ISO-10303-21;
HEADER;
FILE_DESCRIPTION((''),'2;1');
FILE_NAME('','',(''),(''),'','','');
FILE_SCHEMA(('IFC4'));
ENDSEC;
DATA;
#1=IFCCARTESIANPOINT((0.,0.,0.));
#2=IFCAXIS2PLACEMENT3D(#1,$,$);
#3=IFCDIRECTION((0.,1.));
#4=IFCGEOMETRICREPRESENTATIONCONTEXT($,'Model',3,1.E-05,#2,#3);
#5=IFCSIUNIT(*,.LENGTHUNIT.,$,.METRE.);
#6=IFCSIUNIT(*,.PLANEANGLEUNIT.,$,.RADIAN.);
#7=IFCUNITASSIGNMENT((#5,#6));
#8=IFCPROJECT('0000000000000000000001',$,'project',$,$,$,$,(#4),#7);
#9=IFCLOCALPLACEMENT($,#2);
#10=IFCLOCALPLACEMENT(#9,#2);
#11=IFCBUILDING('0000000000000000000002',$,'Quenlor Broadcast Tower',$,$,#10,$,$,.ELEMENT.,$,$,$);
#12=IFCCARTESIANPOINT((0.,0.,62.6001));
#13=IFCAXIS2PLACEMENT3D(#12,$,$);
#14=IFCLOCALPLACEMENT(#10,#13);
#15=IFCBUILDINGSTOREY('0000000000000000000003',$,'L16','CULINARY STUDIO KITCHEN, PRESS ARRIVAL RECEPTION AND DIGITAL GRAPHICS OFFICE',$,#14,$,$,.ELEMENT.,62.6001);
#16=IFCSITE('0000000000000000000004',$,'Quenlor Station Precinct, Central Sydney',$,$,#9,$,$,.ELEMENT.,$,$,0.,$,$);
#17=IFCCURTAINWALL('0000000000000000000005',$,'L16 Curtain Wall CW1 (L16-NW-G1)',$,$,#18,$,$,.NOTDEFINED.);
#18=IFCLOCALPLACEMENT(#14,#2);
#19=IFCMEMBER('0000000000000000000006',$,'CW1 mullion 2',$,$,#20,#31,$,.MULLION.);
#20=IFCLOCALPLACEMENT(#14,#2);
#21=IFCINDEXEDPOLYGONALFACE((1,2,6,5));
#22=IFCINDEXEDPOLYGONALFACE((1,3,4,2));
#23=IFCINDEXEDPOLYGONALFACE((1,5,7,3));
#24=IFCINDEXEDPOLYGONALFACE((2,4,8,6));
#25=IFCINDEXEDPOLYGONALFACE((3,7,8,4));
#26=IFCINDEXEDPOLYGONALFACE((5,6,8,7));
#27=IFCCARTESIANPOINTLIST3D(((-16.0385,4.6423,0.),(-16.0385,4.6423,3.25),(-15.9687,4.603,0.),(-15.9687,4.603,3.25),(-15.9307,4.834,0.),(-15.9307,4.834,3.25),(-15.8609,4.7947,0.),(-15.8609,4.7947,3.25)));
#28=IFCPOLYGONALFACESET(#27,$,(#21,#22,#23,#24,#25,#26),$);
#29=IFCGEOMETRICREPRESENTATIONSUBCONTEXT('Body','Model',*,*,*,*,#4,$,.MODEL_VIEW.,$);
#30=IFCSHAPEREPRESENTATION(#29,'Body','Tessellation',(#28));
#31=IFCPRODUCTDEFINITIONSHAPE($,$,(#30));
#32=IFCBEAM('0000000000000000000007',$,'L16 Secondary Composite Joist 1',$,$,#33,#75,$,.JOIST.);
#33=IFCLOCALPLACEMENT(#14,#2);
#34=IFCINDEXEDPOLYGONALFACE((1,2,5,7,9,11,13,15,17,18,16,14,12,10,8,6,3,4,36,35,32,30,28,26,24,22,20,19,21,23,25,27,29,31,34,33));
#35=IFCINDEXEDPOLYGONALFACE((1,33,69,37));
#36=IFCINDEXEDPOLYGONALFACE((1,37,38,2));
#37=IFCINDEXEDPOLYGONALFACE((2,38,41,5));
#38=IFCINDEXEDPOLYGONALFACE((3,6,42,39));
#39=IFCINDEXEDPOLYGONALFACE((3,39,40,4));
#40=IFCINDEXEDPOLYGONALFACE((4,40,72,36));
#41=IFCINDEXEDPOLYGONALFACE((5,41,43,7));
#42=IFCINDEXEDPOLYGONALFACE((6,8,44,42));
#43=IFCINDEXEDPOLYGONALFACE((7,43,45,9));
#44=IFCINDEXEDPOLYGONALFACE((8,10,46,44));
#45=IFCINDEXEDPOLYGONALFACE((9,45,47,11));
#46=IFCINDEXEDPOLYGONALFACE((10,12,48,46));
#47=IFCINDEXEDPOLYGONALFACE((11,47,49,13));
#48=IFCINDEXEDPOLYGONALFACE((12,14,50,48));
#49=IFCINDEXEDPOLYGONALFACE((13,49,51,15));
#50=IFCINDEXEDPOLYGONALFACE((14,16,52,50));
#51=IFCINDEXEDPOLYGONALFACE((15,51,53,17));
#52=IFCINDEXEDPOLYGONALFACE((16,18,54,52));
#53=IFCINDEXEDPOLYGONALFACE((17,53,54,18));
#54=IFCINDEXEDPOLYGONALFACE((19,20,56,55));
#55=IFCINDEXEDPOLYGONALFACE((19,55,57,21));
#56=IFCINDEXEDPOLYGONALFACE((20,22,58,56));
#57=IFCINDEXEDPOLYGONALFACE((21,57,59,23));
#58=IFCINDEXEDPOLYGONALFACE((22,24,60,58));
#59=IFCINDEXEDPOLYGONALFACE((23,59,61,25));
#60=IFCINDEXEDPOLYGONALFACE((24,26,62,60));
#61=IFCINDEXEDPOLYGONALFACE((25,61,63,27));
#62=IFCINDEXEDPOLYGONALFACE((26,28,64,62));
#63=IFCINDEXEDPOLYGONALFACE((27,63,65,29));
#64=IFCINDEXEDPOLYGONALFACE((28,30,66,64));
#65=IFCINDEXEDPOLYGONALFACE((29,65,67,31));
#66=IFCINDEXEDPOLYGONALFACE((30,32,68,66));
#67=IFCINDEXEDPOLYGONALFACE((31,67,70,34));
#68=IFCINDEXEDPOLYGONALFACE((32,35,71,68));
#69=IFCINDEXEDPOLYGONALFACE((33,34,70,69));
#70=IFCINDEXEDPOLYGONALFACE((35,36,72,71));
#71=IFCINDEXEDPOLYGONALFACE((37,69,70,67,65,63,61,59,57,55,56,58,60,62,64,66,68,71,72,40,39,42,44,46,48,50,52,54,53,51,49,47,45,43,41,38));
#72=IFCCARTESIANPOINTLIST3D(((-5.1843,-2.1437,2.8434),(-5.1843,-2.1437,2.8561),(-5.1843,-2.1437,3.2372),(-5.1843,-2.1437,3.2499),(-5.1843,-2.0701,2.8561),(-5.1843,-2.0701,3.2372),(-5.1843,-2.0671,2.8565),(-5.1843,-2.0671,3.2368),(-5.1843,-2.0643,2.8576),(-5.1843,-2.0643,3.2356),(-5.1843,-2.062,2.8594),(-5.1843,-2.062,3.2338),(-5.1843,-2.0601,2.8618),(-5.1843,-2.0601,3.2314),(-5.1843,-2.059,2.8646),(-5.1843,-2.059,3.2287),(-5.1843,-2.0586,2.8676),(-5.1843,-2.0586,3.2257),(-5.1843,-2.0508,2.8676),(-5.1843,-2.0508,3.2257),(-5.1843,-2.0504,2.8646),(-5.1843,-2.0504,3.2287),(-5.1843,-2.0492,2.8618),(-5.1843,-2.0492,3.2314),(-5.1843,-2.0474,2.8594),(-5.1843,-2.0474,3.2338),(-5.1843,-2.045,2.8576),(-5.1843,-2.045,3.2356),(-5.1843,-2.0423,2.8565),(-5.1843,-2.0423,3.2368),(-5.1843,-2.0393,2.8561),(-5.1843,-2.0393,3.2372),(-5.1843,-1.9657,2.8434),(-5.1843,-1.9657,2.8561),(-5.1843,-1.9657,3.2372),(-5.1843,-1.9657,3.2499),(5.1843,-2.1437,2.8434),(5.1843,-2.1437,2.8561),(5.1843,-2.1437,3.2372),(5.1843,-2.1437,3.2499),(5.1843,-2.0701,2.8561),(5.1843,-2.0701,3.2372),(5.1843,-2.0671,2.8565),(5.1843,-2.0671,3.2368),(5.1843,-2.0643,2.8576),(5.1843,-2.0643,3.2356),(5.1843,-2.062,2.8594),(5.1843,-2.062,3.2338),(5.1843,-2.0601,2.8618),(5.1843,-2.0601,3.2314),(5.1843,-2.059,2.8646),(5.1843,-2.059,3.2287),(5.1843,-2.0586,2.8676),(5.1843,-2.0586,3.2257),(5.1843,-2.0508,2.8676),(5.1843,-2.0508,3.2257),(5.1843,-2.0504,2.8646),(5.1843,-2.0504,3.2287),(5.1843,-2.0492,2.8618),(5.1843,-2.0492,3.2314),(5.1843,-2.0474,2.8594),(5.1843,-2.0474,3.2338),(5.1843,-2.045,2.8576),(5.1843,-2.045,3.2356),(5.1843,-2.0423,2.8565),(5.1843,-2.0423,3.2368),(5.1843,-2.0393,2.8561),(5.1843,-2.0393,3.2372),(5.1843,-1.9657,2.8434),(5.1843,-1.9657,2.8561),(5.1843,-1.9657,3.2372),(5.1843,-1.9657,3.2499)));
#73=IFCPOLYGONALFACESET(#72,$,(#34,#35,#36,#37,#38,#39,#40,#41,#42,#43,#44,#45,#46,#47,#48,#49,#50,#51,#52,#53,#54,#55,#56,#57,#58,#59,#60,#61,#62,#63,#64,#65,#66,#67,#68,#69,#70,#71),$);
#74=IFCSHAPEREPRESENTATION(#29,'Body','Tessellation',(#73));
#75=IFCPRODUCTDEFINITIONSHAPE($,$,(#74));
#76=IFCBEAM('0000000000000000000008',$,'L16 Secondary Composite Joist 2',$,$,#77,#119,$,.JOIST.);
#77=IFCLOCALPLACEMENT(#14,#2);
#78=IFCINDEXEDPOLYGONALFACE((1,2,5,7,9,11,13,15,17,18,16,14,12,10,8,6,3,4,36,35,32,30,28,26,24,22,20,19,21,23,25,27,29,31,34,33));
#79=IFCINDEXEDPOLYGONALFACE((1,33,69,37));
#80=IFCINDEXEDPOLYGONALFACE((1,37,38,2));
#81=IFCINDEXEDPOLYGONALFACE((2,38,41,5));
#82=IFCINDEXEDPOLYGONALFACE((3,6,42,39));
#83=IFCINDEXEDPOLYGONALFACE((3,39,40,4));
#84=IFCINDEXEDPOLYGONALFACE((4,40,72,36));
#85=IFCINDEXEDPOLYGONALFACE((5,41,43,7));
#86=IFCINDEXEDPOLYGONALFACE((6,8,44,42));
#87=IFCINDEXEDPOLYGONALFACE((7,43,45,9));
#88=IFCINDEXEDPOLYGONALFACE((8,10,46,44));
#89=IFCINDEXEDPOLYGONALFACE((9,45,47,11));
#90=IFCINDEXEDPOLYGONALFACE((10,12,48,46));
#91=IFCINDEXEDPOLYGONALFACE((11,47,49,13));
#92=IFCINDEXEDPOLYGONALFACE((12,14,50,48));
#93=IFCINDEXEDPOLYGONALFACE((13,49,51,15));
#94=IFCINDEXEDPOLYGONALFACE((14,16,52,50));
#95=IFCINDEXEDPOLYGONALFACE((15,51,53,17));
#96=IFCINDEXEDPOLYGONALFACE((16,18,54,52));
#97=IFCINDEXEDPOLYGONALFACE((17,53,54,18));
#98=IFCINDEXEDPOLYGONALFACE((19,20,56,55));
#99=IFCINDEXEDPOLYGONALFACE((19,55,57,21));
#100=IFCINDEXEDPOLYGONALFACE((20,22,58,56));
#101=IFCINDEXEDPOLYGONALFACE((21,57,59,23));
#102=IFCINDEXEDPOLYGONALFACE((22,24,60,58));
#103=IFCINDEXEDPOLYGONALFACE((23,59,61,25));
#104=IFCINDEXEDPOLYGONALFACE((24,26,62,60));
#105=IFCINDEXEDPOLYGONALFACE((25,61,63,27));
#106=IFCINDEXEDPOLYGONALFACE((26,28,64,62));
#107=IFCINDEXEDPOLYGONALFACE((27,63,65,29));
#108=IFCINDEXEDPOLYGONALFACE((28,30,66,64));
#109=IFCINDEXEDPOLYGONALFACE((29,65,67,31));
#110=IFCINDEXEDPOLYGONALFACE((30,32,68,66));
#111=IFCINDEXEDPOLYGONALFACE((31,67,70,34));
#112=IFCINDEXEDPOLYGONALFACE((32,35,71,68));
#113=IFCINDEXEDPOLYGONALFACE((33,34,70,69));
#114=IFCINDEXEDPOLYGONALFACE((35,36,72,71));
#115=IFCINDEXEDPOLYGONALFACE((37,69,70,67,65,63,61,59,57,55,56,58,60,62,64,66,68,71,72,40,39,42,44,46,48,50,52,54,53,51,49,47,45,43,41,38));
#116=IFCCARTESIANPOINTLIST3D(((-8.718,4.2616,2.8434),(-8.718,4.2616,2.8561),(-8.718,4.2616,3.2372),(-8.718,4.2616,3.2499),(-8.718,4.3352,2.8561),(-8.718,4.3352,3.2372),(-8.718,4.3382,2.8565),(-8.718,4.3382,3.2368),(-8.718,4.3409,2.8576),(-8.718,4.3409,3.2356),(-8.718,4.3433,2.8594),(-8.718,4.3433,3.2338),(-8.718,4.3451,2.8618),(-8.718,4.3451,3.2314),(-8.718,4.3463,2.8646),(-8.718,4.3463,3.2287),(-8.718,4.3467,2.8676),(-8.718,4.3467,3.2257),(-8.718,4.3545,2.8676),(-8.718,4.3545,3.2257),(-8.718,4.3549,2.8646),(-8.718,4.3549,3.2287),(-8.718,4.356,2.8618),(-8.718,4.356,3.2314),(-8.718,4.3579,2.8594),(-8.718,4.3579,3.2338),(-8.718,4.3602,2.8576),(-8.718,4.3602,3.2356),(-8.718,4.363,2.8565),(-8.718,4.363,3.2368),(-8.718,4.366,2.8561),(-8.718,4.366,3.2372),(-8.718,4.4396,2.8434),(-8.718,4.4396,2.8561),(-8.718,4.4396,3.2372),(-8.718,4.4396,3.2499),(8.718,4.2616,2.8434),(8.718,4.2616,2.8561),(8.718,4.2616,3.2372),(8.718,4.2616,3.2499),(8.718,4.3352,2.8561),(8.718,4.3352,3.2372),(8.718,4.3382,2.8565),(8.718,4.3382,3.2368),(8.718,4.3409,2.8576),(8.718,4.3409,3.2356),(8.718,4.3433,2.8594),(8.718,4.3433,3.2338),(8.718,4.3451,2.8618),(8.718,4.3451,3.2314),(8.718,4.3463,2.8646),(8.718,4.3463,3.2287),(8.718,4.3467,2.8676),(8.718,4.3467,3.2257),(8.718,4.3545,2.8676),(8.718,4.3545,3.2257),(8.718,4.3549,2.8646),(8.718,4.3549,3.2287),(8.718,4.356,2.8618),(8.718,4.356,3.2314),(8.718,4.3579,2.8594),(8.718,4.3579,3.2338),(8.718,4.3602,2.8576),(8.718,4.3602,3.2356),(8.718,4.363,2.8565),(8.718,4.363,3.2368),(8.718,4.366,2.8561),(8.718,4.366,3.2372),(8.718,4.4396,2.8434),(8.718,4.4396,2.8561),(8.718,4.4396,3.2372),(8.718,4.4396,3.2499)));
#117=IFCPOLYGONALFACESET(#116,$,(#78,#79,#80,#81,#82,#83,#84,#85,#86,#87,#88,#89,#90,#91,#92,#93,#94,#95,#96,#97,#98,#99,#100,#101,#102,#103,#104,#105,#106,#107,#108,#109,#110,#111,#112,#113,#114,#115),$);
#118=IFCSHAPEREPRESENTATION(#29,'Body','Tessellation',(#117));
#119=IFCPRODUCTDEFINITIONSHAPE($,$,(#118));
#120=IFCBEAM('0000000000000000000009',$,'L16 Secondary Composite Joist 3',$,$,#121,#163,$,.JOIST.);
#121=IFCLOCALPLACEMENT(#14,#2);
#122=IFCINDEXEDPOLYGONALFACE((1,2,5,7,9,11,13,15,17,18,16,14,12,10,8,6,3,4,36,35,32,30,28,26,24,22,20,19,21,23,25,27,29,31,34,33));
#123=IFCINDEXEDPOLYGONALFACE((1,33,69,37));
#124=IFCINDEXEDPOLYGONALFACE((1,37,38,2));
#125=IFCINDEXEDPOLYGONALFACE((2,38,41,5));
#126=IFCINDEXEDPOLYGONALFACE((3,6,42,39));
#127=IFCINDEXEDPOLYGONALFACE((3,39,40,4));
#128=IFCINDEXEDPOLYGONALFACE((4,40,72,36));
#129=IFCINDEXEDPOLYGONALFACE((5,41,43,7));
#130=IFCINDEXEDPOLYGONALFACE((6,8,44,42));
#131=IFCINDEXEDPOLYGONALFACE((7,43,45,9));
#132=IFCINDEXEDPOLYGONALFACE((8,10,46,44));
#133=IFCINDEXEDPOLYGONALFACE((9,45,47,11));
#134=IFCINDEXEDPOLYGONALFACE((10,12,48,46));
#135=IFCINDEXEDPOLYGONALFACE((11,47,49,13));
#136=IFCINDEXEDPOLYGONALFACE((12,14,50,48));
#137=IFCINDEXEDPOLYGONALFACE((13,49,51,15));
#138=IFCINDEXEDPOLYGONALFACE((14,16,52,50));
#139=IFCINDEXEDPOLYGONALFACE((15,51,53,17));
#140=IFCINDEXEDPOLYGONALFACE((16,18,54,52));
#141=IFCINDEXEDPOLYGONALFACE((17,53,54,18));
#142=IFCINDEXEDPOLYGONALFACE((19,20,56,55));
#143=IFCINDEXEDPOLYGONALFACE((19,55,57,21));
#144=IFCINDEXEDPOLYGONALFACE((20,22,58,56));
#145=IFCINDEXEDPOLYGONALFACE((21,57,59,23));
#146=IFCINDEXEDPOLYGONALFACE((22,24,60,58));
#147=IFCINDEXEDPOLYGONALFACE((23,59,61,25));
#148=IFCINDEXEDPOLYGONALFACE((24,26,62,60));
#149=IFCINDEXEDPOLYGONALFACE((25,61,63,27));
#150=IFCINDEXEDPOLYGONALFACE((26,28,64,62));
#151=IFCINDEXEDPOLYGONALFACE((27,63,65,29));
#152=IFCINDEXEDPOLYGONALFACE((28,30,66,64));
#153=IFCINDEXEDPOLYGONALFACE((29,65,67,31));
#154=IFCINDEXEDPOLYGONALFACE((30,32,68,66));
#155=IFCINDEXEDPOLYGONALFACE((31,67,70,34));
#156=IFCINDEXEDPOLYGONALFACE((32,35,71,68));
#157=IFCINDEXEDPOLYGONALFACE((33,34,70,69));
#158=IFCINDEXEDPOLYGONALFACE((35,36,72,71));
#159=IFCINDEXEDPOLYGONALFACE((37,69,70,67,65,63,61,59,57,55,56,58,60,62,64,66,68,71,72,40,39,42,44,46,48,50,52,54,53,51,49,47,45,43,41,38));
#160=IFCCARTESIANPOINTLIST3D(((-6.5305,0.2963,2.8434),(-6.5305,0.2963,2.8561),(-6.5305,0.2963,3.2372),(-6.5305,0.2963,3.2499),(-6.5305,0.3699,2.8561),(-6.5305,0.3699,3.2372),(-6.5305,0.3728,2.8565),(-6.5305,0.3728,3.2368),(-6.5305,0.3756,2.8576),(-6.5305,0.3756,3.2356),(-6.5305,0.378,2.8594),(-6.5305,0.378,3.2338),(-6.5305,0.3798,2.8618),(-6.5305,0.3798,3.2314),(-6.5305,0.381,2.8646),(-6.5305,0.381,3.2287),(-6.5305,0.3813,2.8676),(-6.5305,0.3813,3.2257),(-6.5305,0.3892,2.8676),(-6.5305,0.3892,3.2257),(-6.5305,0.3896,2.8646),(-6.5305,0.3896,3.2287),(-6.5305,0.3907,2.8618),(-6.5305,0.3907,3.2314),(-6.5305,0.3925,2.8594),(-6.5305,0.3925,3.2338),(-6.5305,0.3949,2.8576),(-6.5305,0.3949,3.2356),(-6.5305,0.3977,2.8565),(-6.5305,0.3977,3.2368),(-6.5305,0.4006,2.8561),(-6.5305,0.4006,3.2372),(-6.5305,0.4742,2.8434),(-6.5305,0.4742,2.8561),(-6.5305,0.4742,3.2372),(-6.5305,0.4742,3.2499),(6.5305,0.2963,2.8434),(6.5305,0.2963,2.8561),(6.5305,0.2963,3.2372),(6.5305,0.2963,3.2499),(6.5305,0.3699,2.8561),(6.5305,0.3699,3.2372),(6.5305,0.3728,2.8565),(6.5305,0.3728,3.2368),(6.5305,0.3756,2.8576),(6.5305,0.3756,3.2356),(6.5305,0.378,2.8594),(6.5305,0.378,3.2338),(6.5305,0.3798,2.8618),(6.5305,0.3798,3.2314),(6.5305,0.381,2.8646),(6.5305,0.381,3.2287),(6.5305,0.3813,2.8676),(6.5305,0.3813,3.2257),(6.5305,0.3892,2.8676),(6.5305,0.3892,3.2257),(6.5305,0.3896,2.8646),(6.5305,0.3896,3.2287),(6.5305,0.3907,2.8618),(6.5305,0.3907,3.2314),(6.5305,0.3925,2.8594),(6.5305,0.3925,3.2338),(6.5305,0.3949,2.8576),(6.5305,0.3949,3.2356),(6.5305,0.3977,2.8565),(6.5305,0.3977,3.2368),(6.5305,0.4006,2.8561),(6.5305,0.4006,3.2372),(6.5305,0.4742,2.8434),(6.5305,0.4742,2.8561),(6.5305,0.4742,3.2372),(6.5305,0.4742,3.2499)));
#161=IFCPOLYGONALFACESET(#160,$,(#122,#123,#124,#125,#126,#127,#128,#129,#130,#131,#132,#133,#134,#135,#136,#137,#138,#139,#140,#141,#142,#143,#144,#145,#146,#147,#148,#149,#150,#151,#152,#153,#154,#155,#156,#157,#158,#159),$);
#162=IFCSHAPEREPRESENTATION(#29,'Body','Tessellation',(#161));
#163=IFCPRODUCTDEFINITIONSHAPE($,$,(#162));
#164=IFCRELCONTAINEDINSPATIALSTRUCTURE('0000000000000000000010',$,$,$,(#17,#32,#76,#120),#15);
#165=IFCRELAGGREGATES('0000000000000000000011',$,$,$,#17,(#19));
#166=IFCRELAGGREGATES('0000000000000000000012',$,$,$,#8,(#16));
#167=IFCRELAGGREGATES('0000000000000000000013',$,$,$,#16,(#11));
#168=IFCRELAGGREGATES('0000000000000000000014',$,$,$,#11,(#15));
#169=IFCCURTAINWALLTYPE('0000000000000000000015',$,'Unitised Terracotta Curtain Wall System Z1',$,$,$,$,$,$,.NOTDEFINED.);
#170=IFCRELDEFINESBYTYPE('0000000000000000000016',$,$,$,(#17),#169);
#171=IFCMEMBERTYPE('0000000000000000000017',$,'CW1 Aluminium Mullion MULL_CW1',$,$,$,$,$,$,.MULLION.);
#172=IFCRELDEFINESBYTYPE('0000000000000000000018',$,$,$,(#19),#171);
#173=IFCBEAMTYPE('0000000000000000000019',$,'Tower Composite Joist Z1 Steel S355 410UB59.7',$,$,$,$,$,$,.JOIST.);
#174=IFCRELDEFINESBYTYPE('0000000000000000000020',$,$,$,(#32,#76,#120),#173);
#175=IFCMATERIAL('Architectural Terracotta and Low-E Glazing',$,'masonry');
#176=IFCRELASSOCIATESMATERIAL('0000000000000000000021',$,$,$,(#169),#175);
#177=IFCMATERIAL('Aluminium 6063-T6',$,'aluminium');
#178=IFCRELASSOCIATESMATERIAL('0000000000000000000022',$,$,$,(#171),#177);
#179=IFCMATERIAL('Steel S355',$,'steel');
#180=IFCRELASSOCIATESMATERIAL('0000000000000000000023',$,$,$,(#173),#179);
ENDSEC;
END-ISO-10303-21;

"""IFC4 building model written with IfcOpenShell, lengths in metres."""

from ifc_helpers import new_model, si_unit, direction, frame, origin, origin_2d, place, context, subcontext, project, spatial, rectangle, i_section, extrude, material, material_profile, profile_set, type_object, element, aggregate, save


model = new_model("IFC4")

# Units and contexts
model_context = context("Model", 3, precision=1e-05, world=origin(), true_north=direction((0.0, 1.0)))
body_context = subcontext(model_context, "Body", "Model", "MODEL_VIEW")
ifc_project = project(units=[si_unit("LENGTHUNIT", "METRE"), si_unit("PLANEANGLEUNIT", "RADIAN")], contexts=[model_context])

# Site, building, storey
site_placement = place(None, origin())
site = spatial("IfcSite", under=ifc_project, at=site_placement, Name="Quenlor Station Precinct, Central Sydney", CompositionType="ELEMENT", RefElevation=0.0)
building_placement = place(site_placement, origin())
building = spatial("IfcBuilding", under=site, at=building_placement, Name="Quenlor Broadcast Tower", CompositionType="ELEMENT")
storey_placement = place(building_placement, frame((0.0, 0.0, 62.6001)))
storey = spatial("IfcBuildingStorey", under=building, at=storey_placement, Name="L16", Description="CULINARY STUDIO KITCHEN, PRESS ARRIVAL RECEPTION AND DIGITAL GRAPHICS OFFICE", CompositionType="ELEMENT", Elevation=62.6001)

# Curtain wall, member
ifc_material_1 = material(Name="Architectural Terracotta and Low-E Glazing", Category="masonry")
curtain_wall_type = type_object("IfcCurtainWallType", Name="Unitised Terracotta Curtain Wall System Z1", PredefinedType="NOTDEFINED", material=ifc_material_1)
curtain_wall_placement = place(storey_placement, origin())
curtain_wall = element("IfcCurtainWall", 1, at=curtain_wall_placement, inside=storey, type_object=curtain_wall_type, Name="L16 Curtain Wall CW1 (L16-NW-G1)", PredefinedType="NOTDEFINED")
ifc_material_2 = material(Name="Aluminium 6063-T6", Category="aluminium")
ifc_material_profile_1 = material_profile(ifc_material_2, rectangle(XDim=0.0801, YDim=0.22, at=origin_2d()))
ifc_profile_set_1 = profile_set([ifc_material_profile_1], Name="Aluminium 6063-T6 MULL80x220")
member_type = type_object("IfcMemberType", Name="CW1 Aluminium Mullion MULL_CW1", PredefinedType="MULLION", material=ifc_profile_set_1)
member_placement = place(storey_placement, frame((-15.9497, 4.7185, 0.0), z_axis=(0.0, 0.0, 1.0), x_axis=(-0.871568, 0.490274, 0.0)))
member = element("IfcMember", 2, at=member_placement, type_object=member_type, Name="CW1 mullion 2", PredefinedType="MULLION", context=body_context, shape_type="SweptSolid", body=[
    extrude(rectangle(XDim=0.0801, YDim=0.22, at=origin_2d()), origin(), (0.0, 0.0, 1.0), 3.25),
])
aggregate(curtain_wall, [member])

# Beams
ifc_material_3 = material(Name="Steel S355", Category="steel")
ifc_material_profile_2 = material_profile(ifc_material_3, i_section(OverallWidth=0.178, OverallDepth=0.4065, WebThickness=0.0078, FlangeThickness=0.0127, FilletRadius=0.0115, at=origin_2d()))
ifc_profile_set_2 = profile_set([ifc_material_profile_2], Name="Steel S355 410UB59.7")
beam_type = type_object("IfcBeamType", Name="Tower Composite Joist Z1 Steel S355 410UB59.7", PredefinedType="JOIST", material=ifc_profile_set_2)
beam_1_placement = place(storey_placement, frame((-5.1843, -2.0547, 3.0466), z_axis=(1.0, 0.0, 0.0), x_axis=(0.0, 1.0, 0.0)))
element("IfcBeam", 3, at=beam_1_placement, inside=storey, type_object=beam_type, Name="L16 Secondary Composite Joist 1", PredefinedType="JOIST", context=body_context, shape_type="SweptSolid", body=[
    extrude(i_section(OverallWidth=0.178, OverallDepth=0.4065, WebThickness=0.0078, FlangeThickness=0.0127, FilletRadius=0.0115, at=origin_2d()), origin(), (0.0, 0.0, 1.0), 10.3687),
])
beam_2_placement = place(storey_placement, frame((-8.718, 4.3506, 3.0466), z_axis=(1.0, 0.0, 0.0), x_axis=(0.0, 1.0, 0.0)))
element("IfcBeam", 4, at=beam_2_placement, inside=storey, type_object=beam_type, Name="L16 Secondary Composite Joist 2", PredefinedType="JOIST", context=body_context, shape_type="SweptSolid", body=[
    extrude(i_section(OverallWidth=0.178, OverallDepth=0.4065, WebThickness=0.0078, FlangeThickness=0.0127, FilletRadius=0.0115, at=origin_2d()), origin(), (0.0, 0.0, 1.0), 17.436),
])
beam_3_placement = place(storey_placement, frame((-6.5305, 0.3853, 3.0466), z_axis=(1.0, 0.0, 0.0), x_axis=(0.0, 1.0, 0.0)))
element("IfcBeam", 5, at=beam_3_placement, inside=storey, type_object=beam_type, Name="L16 Secondary Composite Joist 3", PredefinedType="JOIST", context=body_context, shape_type="SweptSolid", body=[
    extrude(i_section(OverallWidth=0.178, OverallDepth=0.4065, WebThickness=0.0078, FlangeThickness=0.0127, FilletRadius=0.0115, at=origin_2d()), origin(), (0.0, 0.0, 1.0), 13.061),
])

save(model, "model.ifc")
